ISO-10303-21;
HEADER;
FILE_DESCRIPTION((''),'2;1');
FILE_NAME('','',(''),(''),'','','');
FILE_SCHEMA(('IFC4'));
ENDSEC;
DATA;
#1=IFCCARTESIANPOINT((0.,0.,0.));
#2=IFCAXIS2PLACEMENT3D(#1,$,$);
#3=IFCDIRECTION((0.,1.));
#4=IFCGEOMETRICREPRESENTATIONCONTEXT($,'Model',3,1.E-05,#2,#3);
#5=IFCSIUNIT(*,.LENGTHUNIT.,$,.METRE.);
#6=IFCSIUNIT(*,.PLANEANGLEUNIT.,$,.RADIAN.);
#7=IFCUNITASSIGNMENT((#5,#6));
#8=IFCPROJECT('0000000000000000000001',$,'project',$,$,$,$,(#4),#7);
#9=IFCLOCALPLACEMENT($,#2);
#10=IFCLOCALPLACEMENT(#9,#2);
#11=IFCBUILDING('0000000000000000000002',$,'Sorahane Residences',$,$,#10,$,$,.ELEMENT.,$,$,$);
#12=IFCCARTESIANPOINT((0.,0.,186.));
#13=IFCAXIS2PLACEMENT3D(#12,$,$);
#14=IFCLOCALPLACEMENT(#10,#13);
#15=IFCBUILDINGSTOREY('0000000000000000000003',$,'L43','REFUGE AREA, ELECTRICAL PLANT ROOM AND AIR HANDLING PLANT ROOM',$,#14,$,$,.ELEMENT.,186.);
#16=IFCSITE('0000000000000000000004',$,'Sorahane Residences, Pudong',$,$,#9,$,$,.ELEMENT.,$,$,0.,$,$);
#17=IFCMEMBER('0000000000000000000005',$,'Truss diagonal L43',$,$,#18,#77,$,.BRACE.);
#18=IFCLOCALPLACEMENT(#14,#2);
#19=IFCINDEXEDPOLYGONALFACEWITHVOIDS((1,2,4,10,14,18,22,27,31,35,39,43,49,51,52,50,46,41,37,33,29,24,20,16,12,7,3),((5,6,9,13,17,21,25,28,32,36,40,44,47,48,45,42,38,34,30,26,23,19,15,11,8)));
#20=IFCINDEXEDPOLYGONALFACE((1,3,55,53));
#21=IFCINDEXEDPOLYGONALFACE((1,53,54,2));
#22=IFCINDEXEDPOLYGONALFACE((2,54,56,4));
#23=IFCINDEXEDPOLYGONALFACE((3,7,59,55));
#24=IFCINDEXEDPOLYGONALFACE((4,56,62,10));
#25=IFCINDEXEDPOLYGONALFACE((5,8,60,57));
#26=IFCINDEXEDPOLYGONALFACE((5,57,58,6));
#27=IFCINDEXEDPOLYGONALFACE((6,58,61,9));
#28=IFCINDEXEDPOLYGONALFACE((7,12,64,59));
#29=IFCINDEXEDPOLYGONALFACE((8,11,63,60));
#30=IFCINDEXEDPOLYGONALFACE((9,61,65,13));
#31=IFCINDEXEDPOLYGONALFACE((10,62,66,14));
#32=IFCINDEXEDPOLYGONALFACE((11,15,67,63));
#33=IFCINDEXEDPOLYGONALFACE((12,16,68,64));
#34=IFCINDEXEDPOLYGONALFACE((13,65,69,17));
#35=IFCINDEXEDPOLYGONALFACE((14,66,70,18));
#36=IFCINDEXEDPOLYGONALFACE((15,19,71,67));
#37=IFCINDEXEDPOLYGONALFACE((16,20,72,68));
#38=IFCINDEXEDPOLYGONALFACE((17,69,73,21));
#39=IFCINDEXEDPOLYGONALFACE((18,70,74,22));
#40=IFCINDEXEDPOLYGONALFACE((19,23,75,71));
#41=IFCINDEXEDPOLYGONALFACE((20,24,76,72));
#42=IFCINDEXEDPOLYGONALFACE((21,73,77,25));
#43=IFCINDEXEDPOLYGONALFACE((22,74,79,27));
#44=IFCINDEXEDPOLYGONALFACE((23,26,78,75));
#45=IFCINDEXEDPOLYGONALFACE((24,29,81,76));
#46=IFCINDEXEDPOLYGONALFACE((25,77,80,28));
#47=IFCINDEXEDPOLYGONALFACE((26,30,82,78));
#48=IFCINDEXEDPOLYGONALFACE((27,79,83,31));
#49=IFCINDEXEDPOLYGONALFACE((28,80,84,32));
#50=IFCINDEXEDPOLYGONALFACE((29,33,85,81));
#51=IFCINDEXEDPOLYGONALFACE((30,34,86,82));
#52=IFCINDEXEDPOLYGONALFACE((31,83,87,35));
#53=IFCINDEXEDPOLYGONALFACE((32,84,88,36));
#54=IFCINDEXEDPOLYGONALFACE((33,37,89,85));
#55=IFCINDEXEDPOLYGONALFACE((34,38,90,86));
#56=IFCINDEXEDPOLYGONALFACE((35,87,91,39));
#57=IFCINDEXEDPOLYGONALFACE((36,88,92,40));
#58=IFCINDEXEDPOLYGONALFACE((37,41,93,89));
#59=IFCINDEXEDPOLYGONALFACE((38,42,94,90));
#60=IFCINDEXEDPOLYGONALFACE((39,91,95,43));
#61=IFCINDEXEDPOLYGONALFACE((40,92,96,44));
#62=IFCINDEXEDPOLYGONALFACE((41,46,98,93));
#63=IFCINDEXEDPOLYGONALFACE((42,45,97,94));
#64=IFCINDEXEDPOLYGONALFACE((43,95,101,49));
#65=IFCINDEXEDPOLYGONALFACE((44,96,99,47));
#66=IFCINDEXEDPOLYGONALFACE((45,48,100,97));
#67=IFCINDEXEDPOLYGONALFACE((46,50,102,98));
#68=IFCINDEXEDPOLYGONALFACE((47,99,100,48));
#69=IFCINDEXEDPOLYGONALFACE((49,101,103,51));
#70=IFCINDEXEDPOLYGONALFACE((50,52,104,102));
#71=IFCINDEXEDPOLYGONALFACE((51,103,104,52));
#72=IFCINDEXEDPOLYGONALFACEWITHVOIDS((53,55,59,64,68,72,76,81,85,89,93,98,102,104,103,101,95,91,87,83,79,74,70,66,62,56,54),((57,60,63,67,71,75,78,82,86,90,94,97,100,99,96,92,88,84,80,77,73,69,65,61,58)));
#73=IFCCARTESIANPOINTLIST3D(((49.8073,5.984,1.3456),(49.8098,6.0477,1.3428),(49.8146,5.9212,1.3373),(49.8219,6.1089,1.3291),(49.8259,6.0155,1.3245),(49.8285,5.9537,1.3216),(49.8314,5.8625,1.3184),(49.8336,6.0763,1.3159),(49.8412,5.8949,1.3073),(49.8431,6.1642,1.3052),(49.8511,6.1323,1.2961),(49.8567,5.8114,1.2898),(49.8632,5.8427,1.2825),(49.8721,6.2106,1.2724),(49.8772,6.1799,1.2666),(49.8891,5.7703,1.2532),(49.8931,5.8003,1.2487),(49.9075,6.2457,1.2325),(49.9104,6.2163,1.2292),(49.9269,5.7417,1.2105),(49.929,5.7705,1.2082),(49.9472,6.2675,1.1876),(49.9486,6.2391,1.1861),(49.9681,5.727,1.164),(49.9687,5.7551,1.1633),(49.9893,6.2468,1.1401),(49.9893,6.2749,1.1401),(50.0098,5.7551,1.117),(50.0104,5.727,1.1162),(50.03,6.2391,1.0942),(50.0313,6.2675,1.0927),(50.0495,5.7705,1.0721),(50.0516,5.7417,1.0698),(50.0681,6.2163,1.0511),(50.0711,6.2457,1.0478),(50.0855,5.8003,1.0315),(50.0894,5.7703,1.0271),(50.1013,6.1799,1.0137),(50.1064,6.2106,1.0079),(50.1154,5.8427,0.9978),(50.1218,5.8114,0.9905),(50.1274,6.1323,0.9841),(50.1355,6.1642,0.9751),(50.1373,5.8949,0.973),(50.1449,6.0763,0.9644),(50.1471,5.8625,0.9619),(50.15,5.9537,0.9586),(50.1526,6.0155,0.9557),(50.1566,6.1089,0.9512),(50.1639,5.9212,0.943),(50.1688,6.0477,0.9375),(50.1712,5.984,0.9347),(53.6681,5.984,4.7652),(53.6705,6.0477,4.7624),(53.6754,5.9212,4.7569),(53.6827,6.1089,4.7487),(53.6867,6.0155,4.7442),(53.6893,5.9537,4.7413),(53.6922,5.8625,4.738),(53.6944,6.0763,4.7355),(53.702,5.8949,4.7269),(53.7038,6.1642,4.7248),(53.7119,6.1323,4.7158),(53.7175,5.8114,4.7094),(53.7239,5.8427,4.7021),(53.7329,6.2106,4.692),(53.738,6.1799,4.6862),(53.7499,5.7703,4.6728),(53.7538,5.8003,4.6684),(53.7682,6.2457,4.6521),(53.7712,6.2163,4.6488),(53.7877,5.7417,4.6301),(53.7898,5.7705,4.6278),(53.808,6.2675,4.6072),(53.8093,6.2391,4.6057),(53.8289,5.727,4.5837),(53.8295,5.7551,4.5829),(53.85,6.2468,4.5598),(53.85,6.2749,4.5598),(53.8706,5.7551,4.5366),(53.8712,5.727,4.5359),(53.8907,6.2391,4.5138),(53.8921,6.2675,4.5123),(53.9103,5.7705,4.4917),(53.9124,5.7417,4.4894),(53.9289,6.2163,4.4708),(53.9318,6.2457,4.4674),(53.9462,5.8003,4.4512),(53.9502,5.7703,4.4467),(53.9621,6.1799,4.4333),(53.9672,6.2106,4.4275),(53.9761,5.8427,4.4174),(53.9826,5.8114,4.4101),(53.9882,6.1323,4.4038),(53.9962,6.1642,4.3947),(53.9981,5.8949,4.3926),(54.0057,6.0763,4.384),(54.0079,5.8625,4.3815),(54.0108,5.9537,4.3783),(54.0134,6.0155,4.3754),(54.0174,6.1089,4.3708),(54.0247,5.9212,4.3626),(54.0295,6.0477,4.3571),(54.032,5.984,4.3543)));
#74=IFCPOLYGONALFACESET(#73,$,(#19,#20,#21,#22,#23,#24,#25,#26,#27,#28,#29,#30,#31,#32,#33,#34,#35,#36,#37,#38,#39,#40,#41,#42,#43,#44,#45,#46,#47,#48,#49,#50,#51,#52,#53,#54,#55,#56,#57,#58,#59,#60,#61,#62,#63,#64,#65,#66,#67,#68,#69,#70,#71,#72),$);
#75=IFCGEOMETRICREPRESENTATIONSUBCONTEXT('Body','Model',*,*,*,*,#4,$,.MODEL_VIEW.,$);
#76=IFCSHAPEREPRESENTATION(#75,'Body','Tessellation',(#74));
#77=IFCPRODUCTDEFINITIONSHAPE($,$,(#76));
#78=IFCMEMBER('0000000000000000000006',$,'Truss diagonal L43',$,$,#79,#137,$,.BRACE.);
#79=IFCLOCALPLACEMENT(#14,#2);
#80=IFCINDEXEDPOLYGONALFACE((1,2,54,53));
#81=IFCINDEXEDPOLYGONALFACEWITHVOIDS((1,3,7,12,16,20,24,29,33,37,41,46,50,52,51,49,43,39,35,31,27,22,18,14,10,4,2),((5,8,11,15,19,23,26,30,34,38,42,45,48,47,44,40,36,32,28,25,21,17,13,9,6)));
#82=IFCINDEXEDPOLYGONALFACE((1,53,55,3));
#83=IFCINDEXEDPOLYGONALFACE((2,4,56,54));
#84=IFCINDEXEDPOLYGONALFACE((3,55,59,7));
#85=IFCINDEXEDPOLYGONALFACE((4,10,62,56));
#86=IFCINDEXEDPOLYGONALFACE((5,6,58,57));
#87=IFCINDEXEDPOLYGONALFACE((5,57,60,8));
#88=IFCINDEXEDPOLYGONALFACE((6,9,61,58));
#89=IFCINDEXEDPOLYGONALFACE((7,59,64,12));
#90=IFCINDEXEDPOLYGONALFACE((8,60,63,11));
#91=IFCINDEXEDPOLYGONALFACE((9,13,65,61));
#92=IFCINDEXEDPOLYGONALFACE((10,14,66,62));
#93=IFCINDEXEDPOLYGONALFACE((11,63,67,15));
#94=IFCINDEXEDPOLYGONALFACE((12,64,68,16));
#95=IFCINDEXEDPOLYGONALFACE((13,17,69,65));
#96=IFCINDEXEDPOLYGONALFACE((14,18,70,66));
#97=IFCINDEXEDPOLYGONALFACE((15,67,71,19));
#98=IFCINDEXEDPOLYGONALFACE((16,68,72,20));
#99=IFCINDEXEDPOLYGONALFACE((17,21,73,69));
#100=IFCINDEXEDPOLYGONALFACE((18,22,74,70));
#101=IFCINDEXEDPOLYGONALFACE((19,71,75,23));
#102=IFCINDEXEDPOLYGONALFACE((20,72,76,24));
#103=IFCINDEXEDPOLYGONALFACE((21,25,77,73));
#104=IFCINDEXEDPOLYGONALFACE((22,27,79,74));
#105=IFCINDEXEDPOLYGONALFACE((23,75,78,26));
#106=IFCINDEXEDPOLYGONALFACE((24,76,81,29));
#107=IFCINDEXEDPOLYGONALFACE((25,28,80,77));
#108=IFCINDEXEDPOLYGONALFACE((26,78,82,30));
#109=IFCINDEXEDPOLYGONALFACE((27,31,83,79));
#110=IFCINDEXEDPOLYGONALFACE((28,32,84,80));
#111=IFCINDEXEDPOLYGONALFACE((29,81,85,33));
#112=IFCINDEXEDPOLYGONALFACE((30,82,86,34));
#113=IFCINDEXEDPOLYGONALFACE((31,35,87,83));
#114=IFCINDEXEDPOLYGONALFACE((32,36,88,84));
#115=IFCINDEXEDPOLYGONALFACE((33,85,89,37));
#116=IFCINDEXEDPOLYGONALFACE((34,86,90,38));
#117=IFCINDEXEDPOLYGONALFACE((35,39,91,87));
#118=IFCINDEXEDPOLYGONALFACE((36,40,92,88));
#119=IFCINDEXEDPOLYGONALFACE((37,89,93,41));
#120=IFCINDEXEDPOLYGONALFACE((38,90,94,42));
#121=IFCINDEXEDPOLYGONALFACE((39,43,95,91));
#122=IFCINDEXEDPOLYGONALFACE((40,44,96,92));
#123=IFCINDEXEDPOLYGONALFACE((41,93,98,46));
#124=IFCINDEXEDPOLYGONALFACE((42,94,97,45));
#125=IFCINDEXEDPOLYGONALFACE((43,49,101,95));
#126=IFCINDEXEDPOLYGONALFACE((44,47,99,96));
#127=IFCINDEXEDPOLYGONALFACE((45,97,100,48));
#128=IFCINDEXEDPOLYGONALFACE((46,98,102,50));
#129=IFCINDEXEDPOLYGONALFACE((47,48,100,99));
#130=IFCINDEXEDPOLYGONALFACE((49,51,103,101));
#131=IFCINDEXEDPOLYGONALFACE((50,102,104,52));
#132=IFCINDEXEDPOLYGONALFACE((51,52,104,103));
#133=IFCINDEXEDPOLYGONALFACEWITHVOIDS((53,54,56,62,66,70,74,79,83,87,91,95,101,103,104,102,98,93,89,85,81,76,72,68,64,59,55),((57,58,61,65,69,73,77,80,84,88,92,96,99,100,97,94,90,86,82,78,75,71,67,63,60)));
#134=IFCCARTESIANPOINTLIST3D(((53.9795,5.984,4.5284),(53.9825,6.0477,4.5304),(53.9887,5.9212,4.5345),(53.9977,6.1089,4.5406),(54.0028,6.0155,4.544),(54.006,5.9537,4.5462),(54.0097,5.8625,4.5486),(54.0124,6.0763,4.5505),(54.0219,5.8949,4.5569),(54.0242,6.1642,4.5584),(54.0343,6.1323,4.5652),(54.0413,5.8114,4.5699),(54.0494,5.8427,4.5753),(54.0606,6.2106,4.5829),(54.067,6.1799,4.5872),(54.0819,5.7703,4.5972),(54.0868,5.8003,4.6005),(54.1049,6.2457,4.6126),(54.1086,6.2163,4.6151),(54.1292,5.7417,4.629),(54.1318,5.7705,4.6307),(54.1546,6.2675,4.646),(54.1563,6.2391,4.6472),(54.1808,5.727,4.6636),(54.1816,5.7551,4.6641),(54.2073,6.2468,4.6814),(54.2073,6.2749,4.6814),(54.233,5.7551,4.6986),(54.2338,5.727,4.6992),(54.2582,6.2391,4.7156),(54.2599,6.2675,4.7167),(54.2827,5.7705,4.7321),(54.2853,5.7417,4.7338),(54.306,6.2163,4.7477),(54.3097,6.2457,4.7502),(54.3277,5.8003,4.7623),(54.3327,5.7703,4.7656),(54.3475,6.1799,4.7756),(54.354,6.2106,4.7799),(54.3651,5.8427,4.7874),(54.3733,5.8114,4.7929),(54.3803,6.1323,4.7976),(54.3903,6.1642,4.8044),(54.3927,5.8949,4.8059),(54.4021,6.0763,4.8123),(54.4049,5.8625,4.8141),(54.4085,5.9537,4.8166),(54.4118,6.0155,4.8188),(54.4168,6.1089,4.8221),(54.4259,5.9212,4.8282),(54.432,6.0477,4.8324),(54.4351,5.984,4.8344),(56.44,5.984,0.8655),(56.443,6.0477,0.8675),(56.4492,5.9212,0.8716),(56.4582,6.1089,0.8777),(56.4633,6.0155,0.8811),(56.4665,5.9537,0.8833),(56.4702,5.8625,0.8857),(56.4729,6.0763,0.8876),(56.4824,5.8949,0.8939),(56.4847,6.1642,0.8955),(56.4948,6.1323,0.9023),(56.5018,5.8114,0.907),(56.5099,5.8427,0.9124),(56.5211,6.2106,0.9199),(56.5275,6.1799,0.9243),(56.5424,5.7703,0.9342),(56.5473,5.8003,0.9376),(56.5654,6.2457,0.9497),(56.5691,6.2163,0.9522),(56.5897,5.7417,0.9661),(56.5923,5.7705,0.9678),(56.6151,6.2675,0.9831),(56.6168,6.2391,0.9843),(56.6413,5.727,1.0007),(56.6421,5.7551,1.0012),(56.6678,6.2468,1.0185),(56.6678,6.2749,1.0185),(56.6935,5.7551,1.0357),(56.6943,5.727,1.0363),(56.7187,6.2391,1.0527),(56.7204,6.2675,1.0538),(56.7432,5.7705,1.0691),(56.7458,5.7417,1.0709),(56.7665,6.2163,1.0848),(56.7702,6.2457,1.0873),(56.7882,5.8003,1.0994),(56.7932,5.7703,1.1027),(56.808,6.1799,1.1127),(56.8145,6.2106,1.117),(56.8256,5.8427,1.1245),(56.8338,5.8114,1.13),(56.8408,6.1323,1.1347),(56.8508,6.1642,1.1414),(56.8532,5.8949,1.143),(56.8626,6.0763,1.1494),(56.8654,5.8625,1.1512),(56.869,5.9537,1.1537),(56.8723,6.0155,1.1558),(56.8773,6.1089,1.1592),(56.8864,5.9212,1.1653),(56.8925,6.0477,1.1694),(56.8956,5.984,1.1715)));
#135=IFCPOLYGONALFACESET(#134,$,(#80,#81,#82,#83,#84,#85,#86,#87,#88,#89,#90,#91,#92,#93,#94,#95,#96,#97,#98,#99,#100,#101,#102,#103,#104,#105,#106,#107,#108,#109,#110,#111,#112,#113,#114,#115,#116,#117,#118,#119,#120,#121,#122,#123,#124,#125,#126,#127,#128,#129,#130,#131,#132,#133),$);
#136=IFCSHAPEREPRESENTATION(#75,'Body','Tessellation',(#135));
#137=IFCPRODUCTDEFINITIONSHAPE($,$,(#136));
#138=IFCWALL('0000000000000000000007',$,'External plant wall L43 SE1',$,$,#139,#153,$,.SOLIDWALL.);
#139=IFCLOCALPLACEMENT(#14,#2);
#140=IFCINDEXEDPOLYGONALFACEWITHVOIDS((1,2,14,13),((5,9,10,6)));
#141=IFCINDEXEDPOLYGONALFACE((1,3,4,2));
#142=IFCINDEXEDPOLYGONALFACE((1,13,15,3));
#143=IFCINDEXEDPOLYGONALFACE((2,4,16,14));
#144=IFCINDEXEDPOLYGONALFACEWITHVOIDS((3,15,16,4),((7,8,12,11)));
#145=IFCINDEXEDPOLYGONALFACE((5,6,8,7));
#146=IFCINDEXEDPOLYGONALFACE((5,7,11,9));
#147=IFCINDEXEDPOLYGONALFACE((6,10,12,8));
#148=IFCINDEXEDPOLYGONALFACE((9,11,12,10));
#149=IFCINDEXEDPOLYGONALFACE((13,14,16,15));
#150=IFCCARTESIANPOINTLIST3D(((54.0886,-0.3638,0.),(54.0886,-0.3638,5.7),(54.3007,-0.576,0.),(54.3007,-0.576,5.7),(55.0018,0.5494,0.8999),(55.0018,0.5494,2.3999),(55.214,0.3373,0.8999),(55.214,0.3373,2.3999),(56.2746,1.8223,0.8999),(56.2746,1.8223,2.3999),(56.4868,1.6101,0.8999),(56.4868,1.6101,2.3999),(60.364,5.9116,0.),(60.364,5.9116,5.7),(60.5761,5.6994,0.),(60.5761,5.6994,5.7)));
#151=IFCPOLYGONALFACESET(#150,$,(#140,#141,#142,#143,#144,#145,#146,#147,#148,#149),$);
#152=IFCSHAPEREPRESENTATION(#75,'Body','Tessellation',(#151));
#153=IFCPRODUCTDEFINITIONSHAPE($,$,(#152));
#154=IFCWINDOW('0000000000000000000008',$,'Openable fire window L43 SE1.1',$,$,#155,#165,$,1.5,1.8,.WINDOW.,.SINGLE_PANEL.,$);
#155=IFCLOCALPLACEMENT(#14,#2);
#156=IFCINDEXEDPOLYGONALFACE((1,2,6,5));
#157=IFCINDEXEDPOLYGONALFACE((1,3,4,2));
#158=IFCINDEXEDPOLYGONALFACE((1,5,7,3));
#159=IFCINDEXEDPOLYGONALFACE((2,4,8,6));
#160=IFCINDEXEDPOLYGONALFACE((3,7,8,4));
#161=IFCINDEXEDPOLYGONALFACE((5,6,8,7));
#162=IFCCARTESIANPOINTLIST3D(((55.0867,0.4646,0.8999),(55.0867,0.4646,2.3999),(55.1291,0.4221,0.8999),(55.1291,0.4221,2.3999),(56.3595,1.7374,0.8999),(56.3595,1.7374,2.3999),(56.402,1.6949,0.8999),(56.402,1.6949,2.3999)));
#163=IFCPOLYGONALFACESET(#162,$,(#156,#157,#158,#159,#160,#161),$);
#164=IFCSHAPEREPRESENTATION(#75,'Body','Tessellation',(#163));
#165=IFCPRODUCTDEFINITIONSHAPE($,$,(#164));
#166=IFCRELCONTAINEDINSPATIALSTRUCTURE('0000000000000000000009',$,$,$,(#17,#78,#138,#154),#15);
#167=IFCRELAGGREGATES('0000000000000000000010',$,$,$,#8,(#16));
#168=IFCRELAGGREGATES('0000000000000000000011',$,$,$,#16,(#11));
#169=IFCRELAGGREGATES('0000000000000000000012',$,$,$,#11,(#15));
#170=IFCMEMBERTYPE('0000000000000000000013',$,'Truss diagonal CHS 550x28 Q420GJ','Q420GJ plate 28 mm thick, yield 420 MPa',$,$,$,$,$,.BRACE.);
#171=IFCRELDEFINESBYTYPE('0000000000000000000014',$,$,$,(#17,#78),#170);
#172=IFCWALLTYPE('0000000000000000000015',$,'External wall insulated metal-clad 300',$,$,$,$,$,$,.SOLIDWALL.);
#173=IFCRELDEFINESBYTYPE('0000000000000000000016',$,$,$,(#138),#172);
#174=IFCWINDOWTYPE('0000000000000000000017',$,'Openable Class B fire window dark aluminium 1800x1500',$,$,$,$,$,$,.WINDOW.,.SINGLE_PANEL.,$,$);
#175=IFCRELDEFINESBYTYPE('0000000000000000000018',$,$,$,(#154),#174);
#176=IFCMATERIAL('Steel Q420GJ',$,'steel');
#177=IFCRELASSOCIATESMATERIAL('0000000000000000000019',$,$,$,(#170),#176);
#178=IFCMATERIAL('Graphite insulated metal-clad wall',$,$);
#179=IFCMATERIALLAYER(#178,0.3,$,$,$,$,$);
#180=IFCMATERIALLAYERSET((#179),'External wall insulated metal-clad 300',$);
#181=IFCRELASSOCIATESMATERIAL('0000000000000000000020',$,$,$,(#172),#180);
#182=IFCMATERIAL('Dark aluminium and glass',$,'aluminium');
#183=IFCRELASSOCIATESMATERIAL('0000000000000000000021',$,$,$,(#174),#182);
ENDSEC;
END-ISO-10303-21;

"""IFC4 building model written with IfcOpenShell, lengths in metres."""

from ifc_helpers import new_model, si_unit, direction, frame, frame_2d, origin, origin_2d, place, context, subcontext, project, spatial, rectangle, hollow_circle, extrude, material, layer, layer_set, material_profile, profile_set, type_object, element, fill, save


model = new_model("IFC4")

# Units and contexts
model_context = context("Model", 3, precision=1e-05, world=origin(), true_north=direction((0.0, 1.0)))
body_context = subcontext(model_context, "Body", "Model", "MODEL_VIEW")
ifc_project = project(units=[si_unit("LENGTHUNIT", "METRE"), si_unit("PLANEANGLEUNIT", "RADIAN")], contexts=[model_context])

# Site, building, storey
site_placement = place(None, origin())
site = spatial("IfcSite", under=ifc_project, at=site_placement, Name="Sorahane Residences, Pudong", CompositionType="ELEMENT", RefElevation=0.0)
building_placement = place(site_placement, origin())
building = spatial("IfcBuilding", under=site, at=building_placement, Name="Sorahane Residences", CompositionType="ELEMENT")
storey_placement = place(building_placement, frame((0.0, 0.0, 186.0)))
storey = spatial("IfcBuildingStorey", under=building, at=storey_placement, Name="L43", Description="REFUGE AREA, ELECTRICAL PLANT ROOM AND AIR HANDLING PLANT ROOM", CompositionType="ELEMENT", Elevation=186.0)

# Members
ifc_material_1 = material(Name="Steel Q420GJ", Category="steel")
ifc_material_profile_1 = material_profile(ifc_material_1, hollow_circle(Radius=0.2749, WallThickness=0.0281, at=origin_2d()), Name="CHS 550x28")
ifc_profile_set_1 = profile_set([ifc_material_profile_1], Name="Steel Q420GJ")
member_type = type_object("IfcMemberType", Name="Truss diagonal CHS 550x28 Q420GJ", Description="Q420GJ plate 28 mm thick, yield 420 MPa", PredefinedType="BRACE", material=ifc_profile_set_1)
member_1_placement = place(storey_placement, frame((49.9893, 6.0, 1.1401), z_axis=(0.748581, 0.0, 0.663044), x_axis=(0.0, 1.0, 0.0)))
element("IfcMember", 1, at=member_1_placement, inside=storey, type_object=member_type, Name="Truss diagonal L43", PredefinedType="BRACE", context=body_context, shape_type="SweptSolid", body=[
    extrude(hollow_circle(Radius=0.2749, WallThickness=0.0281, at=origin_2d()), origin(), (0.0, 0.0, 1.0), 5.1575),
])
member_2_placement = place(storey_placement, frame((54.2073, 6.0, 4.6814), z_axis=(0.557608, 0.0, -0.830104), x_axis=(0.0, 1.0, 0.0)))
element("IfcMember", 2, at=member_2_placement, inside=storey, type_object=member_type, Name="Truss diagonal L43", PredefinedType="BRACE", context=body_context, shape_type="SweptSolid", body=[
    extrude(hollow_circle(Radius=0.2749, WallThickness=0.0281, at=origin_2d()), origin(), (0.0, 0.0, 1.0), 4.4126),
])

# Wall, opening, window
ifc_material_2 = material(Name="Graphite insulated metal-clad wall")
ifc_layer_1 = layer(ifc_material_2, 0.3)
ifc_layer_set_1 = layer_set([ifc_layer_1], Name="External wall insulated metal-clad 300")
wall_type_1 = type_object("IfcWallType", Name="External wall insulated metal-clad 300", PredefinedType="SOLIDWALL", material=ifc_layer_set_1)
wall_1_placement = place(storey_placement, frame((54.1946, -0.47, 0.0), z_axis=(0.0, 0.0, 1.0), x_axis=(0.707107, 0.707107, 0.0)))
wall_1 = element("IfcWall", 3, at=wall_1_placement, inside=storey, type_object=wall_type_1, Name="External plant wall L43 SE1", PredefinedType="SOLIDWALL", context=body_context, shape_type="SweptSolid", body=[
    extrude(rectangle(XDim=8.8748, YDim=0.3, at=frame_2d((4.4375, 0.0))), origin(), (0.0, 0.0, 1.0), 5.7),
])
opening_1_placement = place(wall_1_placement, frame((1.2917, 0.0, 0.8999)))
opening_1 = element("IfcOpeningElement", 4, at=opening_1_placement, cuts=wall_1, PredefinedType="OPENING", context=body_context, shape_type="SweptSolid", body=[
    extrude(rectangle(XDim=1.8, YDim=1.5, at=frame_2d((0.8999, 0.75))), frame((0.0, 0.1599, 0.0), z_axis=(0.0, -1.0, 0.0), x_axis=(1.0, 0.0, 0.0)), (0.0, 0.0, 1.0), 0.3201),
])
ifc_material_3 = material(Name="Dark aluminium and glass", Category="aluminium")
window_type = type_object("IfcWindowType", Name="Openable Class B fire window dark aluminium 1800x1500", PartitioningType="SINGLE_PANEL", PredefinedType="WINDOW", material=ifc_material_3)
window_1_placement = place(opening_1_placement, origin())
window_1 = element("IfcWindow", 5, at=window_1_placement, inside=storey, type_object=window_type, Name="Openable fire window L43 SE1.1", OverallHeight=1.5, OverallWidth=1.8, PartitioningType="SINGLE_PANEL", PredefinedType="WINDOW", context=body_context, shape_type="SweptSolid", body=[
    extrude(rectangle(XDim=1.8, YDim=1.5, at=frame_2d((0.8999, 0.75))), frame((0.0, 0.03, 0.0), z_axis=(0.0, -1.0, 0.0), x_axis=(1.0, 0.0, 0.0)), (0.0, 0.0, 1.0), 0.0601),
])
fill(opening_1, window_1)

save(model, "model.ifc")
